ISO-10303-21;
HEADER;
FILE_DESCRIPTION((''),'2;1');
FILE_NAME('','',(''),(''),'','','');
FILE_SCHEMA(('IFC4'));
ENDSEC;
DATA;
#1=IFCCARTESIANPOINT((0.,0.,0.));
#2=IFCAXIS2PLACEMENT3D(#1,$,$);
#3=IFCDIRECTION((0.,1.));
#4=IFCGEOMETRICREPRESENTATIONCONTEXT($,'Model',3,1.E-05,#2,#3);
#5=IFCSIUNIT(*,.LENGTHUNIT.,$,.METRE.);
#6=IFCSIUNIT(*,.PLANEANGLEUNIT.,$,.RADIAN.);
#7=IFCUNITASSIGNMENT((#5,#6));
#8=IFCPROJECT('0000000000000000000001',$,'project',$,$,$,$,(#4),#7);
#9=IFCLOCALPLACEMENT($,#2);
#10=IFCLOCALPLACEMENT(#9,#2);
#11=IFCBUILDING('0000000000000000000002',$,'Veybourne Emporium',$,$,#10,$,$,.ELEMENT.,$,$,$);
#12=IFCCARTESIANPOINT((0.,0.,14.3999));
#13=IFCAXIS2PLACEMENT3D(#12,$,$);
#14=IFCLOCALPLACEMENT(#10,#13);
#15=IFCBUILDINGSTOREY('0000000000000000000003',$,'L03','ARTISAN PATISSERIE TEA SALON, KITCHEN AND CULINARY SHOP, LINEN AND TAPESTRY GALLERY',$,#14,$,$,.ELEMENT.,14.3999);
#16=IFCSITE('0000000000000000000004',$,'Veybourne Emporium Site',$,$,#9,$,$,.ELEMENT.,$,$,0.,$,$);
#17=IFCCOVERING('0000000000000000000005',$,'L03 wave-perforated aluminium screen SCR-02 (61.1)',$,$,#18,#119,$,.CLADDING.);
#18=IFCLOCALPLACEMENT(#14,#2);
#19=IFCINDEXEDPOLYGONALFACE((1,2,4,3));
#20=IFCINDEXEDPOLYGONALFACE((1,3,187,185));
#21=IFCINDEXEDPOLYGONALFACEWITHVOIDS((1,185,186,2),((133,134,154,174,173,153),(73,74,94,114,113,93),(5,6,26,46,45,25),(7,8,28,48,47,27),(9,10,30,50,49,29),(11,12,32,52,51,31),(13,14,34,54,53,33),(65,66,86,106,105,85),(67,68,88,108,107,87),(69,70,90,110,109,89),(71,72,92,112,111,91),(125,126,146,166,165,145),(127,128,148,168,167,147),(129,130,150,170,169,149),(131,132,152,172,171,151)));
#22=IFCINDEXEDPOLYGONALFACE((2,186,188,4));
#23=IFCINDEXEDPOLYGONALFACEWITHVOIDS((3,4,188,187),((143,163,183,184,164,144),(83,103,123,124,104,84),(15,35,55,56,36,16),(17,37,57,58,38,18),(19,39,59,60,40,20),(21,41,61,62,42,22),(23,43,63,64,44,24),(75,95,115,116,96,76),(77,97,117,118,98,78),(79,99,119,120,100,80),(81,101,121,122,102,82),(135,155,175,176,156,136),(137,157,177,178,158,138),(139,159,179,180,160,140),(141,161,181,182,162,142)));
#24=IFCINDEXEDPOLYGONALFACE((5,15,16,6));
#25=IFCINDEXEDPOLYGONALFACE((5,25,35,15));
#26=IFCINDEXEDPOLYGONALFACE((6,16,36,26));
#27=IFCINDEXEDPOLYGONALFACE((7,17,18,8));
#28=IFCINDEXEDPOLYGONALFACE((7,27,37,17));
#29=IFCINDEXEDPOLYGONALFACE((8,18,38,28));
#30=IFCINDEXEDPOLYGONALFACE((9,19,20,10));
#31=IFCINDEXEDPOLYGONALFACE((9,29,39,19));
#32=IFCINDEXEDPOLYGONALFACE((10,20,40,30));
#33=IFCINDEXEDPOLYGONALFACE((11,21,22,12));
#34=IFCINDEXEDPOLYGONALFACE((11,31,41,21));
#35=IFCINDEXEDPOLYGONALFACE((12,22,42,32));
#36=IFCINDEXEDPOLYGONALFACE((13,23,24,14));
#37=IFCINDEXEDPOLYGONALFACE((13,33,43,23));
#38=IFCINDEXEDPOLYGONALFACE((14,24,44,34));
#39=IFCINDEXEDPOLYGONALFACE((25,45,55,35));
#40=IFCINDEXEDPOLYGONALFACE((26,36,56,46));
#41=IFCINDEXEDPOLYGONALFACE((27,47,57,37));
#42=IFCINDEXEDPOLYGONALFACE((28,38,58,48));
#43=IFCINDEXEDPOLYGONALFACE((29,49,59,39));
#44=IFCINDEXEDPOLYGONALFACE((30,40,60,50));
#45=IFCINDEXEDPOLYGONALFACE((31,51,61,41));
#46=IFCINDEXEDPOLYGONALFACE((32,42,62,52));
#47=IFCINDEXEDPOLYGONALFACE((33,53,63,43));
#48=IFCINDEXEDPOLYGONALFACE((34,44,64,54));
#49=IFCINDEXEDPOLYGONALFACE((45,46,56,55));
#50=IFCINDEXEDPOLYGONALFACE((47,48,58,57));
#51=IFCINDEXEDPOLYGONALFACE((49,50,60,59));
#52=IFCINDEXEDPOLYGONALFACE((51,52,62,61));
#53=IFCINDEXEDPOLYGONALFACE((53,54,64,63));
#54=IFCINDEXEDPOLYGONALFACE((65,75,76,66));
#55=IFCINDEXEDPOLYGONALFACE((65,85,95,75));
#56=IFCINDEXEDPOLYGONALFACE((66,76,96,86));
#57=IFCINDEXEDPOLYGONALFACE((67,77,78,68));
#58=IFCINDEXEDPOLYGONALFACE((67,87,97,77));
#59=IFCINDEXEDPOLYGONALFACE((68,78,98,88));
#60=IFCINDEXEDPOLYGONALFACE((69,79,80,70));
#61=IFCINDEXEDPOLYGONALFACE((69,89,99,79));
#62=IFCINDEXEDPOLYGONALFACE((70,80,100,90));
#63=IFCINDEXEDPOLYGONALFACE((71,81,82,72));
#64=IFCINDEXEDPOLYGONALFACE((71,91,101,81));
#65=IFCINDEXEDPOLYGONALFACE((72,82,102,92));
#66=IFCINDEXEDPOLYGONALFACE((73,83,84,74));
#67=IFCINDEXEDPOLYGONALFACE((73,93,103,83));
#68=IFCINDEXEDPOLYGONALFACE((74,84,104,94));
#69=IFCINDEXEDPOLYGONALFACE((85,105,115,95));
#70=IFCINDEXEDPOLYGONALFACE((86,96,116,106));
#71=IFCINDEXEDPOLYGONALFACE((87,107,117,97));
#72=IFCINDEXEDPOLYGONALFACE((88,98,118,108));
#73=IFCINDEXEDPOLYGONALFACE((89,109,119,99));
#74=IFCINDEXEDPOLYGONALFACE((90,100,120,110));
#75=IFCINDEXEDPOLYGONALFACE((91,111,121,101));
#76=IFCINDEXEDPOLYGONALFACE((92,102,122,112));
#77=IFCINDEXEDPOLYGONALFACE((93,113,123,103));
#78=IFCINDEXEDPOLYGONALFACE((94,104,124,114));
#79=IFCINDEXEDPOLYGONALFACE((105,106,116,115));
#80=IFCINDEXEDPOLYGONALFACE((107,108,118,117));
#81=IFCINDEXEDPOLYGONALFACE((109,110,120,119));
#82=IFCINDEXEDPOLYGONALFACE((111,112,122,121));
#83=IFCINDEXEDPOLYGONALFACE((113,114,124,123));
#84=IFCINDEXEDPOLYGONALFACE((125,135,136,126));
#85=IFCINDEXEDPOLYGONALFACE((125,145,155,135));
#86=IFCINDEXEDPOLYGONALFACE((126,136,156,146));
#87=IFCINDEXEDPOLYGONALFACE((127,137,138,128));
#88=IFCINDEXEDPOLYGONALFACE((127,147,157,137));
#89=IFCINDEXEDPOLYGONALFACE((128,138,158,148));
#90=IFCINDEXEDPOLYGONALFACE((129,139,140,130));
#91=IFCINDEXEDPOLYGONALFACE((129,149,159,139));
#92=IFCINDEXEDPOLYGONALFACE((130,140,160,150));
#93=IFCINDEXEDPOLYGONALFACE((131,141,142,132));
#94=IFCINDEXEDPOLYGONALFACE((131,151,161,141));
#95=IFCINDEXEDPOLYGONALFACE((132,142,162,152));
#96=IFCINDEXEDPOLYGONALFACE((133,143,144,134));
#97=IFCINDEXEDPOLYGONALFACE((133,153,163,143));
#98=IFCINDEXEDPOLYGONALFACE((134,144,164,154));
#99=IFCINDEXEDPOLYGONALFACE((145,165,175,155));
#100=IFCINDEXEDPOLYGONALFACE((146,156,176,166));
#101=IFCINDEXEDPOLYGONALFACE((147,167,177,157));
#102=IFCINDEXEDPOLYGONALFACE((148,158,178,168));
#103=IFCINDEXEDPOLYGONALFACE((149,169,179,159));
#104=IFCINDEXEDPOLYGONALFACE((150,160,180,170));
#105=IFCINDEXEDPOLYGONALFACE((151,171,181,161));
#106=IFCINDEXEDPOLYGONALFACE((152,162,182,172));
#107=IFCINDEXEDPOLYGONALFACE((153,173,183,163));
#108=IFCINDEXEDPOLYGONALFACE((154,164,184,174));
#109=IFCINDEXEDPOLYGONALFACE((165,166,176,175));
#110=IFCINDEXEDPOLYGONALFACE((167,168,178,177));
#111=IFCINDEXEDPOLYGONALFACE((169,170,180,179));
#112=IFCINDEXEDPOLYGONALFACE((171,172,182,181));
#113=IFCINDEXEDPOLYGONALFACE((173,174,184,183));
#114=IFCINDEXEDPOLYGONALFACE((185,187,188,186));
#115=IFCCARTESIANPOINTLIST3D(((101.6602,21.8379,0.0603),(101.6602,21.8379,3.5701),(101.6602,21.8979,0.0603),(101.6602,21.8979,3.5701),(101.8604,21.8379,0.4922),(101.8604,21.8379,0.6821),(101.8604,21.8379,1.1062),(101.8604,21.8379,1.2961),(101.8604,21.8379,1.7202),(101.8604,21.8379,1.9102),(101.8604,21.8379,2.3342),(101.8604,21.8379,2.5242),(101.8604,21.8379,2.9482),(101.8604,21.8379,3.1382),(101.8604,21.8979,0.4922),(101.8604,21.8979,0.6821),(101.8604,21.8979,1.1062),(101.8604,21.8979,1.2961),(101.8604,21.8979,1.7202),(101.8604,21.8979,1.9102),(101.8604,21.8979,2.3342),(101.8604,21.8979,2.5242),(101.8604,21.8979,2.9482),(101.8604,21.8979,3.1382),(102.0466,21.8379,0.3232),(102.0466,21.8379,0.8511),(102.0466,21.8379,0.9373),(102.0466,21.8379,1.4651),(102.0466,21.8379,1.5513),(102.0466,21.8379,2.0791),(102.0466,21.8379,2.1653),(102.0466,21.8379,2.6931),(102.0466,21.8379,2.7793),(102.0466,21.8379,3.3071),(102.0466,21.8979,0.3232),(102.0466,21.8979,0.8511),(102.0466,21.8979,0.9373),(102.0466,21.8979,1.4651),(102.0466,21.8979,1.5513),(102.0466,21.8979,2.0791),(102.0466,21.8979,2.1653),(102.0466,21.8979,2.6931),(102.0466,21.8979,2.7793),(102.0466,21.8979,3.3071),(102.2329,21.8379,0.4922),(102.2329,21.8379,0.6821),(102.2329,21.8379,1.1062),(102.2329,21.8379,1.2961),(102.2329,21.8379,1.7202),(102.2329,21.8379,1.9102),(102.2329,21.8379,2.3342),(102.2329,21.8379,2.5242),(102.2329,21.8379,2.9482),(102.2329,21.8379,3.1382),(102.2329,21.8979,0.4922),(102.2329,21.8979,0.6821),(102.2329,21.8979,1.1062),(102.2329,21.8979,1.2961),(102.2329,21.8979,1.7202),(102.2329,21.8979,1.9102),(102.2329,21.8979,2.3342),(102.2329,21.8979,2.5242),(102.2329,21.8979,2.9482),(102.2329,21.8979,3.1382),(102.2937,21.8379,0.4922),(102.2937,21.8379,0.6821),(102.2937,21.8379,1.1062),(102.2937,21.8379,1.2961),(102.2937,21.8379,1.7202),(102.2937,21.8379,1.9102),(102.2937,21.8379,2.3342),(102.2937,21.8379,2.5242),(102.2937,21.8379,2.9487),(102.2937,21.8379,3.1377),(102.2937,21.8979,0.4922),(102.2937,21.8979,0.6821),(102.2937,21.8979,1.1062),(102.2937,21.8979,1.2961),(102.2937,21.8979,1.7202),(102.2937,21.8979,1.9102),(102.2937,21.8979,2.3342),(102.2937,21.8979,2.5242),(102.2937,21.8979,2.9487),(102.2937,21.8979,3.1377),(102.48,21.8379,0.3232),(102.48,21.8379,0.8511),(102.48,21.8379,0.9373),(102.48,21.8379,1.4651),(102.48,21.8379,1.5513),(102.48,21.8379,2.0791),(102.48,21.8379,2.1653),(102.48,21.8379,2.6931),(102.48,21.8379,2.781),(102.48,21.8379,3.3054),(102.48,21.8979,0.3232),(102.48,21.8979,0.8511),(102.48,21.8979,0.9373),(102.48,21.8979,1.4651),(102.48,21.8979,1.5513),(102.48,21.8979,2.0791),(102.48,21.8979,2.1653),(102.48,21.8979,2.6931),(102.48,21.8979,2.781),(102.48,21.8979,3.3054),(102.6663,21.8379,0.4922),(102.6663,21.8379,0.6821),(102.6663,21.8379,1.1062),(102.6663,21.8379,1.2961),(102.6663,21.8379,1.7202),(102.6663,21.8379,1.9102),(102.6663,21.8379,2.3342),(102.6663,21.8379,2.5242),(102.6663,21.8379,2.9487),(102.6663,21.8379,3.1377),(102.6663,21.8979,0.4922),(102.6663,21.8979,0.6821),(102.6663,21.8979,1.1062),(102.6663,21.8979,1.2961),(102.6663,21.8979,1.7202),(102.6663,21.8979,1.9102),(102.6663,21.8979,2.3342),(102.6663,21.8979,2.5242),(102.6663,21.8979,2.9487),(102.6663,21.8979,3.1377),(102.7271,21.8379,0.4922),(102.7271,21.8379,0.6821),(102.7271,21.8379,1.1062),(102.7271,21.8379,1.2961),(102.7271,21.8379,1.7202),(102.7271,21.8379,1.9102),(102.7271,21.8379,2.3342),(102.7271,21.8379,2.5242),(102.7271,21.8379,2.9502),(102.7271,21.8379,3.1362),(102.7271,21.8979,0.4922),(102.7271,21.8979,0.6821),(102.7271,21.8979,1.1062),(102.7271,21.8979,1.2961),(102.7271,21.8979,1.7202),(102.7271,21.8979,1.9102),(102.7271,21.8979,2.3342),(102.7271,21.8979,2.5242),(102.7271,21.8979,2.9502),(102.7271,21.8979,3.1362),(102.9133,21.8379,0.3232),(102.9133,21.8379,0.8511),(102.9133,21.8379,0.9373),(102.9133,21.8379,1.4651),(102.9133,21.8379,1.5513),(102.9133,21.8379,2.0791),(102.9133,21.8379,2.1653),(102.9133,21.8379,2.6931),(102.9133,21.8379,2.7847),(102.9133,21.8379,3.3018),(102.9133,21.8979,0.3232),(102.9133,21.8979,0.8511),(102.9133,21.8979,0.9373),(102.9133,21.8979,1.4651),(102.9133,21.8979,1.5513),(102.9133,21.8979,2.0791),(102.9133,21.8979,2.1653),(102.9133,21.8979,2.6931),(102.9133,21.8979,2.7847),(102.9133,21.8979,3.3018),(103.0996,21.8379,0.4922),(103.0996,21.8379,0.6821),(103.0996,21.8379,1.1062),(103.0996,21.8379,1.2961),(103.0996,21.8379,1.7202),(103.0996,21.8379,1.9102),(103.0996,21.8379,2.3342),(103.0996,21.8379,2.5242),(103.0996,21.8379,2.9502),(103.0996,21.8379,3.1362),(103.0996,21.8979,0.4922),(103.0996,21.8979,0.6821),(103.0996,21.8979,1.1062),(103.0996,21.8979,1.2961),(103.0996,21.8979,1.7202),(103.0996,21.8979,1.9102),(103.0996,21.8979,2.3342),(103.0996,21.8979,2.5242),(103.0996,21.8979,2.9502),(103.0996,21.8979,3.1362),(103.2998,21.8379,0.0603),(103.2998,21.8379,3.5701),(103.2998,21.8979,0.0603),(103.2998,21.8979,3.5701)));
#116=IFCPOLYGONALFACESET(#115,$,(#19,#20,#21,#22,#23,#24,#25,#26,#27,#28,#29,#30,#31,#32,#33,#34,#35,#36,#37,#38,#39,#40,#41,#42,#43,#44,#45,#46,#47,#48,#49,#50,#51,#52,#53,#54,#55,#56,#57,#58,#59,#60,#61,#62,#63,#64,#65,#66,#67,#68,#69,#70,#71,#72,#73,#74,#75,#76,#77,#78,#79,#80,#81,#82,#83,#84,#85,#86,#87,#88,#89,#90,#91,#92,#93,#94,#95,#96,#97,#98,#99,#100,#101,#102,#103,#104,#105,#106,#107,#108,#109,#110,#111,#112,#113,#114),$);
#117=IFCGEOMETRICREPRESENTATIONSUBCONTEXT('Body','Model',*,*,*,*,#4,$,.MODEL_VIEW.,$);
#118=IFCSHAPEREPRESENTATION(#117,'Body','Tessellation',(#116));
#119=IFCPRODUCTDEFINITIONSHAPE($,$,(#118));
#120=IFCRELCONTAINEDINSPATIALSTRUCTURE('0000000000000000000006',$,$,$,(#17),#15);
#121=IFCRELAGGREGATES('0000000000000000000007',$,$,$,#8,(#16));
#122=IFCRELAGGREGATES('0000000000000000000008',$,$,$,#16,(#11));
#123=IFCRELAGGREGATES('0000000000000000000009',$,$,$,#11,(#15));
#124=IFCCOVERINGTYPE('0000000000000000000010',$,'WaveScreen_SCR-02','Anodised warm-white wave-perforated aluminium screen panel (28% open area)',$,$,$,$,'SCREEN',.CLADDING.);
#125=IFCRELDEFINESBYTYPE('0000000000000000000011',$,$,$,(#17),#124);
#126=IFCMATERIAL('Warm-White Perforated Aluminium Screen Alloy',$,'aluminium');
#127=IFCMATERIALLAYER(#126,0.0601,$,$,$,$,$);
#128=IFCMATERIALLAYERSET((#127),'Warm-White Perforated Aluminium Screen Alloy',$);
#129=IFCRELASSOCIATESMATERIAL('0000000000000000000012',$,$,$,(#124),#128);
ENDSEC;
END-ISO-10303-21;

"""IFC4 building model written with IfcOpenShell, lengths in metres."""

from ifc_helpers import new_model, si_unit, direction, frame, origin, place, context, subcontext, project, spatial, polyline, outline, extrude, material, layer, layer_set, type_object, element, save


model = new_model("IFC4")

# Units and contexts
model_context = context("Model", 3, precision=1e-05, world=origin(), true_north=direction((0.0, 1.0)))
body_context = subcontext(model_context, "Body", "Model", "MODEL_VIEW")
ifc_project = project(units=[si_unit("LENGTHUNIT", "METRE"), si_unit("PLANEANGLEUNIT", "RADIAN")], contexts=[model_context])

# Site, building, storey
site_placement = place(None, origin())
site = spatial("IfcSite", under=ifc_project, at=site_placement, Name="Veybourne Emporium Site", CompositionType="ELEMENT", RefElevation=0.0)
building_placement = place(site_placement, origin())
building = spatial("IfcBuilding", under=site, at=building_placement, Name="Veybourne Emporium", CompositionType="ELEMENT")
storey_placement = place(building_placement, frame((0.0, 0.0, 14.3999)))
storey = spatial("IfcBuildingStorey", under=building, at=storey_placement, Name="L03", Description="ARTISAN PATISSERIE TEA SALON, KITCHEN AND CULINARY SHOP, LINEN AND TAPESTRY GALLERY", CompositionType="ELEMENT", Elevation=14.3999)

# Covering
ifc_material_1 = material(Name="Warm-White Perforated Aluminium Screen Alloy", Category="aluminium")
ifc_layer_1 = layer(ifc_material_1, 0.0601)
ifc_layer_set_1 = layer_set([ifc_layer_1], Name="Warm-White Perforated Aluminium Screen Alloy")
covering_type_1 = type_object("IfcCoveringType", Name="WaveScreen_SCR-02", Description="Anodised warm-white wave-perforated aluminium screen panel (28% open area)", ElementType="SCREEN", PredefinedType="CLADDING", material=ifc_layer_set_1)
covering_1_placement = place(storey_placement, frame((102.48, 21.8979, 1.8152), z_axis=(0.0, -1.0, 0.0), x_axis=(1.0, 0.0, 0.0)))
element("IfcCovering", 1, at=covering_1_placement, inside=storey, type_object=covering_type_1, Name="L03 wave-perforated aluminium screen SCR-02 (61.1)", PredefinedType="CLADDING", context=body_context, shape_type="SweptSolid", body=[
    extrude(outline(polyline([(-0.8198, -1.7549), (0.8198, -1.7549), (0.8198, 1.7549), (-0.8198, 1.7549), (-0.8198, -1.7549)]), holes=[polyline([(-0.4333, -0.9641), (-0.2471, -1.1331), (-0.2471, -1.323), (-0.4333, -1.4919), (-0.6196, -1.323), (-0.6196, -1.1331), (-0.4333, -0.9641)]), polyline([(-0.4333, -0.3501), (-0.2471, -0.519), (-0.2471, -0.709), (-0.4333, -0.8779), (-0.6196, -0.709), (-0.6196, -0.519), (-0.4333, -0.3501)]), polyline([(-0.4333, 0.2639), (-0.2471, 0.095), (-0.2471, -0.095), (-0.4333, -0.2639), (-0.6196, -0.095), (-0.6196, 0.095), (-0.4333, 0.2639)]), polyline([(-0.4333, 0.8779), (-0.2471, 0.709), (-0.2471, 0.519), (-0.4333, 0.3501), (-0.6196, 0.519), (-0.6196, 0.709), (-0.4333, 0.8779)]), polyline([(-0.4333, 1.4919), (-0.2471, 1.323), (-0.2471, 1.1331), (-0.4333, 0.9641), (-0.6196, 1.1331), (-0.6196, 1.323), (-0.4333, 1.4919)]), polyline([(0.0, -0.9641), (0.1863, -1.1331), (0.1863, -1.323), (0.0, -1.4919), (-0.1863, -1.323), (-0.1863, -1.1331), (0.0, -0.9641)]), polyline([(0.0, -0.3501), (0.1863, -0.519), (0.1863, -0.709), (0.0, -0.8779), (-0.1863, -0.709), (-0.1863, -0.519), (0.0, -0.3501)]), polyline([(0.0, 0.2639), (0.1863, 0.095), (0.1863, -0.095), (0.0, -0.2639), (-0.1863, -0.095), (-0.1863, 0.095), (0.0, 0.2639)]), polyline([(0.0, 0.8779), (0.1863, 0.709), (0.1863, 0.519), (0.0, 0.3501), (-0.1863, 0.519), (-0.1863, 0.709), (0.0, 0.8779)]), polyline([(0.0, 1.4902), (0.1863, 1.3225), (0.1863, 1.1335), (0.0, 0.9658), (-0.1863, 1.1335), (-0.1863, 1.3225), (0.0, 1.4902)]), polyline([(0.4333, -0.9641), (0.6196, -1.1331), (0.6196, -1.323), (0.4333, -1.4919), (0.2471, -1.323), (0.2471, -1.1331), (0.4333, -0.9641)]), polyline([(0.4333, -0.3501), (0.6196, -0.519), (0.6196, -0.709), (0.4333, -0.8779), (0.2471, -0.709), (0.2471, -0.519), (0.4333, -0.3501)]), polyline([(0.4333, 0.2639), (0.6196, 0.095), (0.6196, -0.095), (0.4333, -0.2639), (0.2471, -0.095), (0.2471, 0.095), (0.4333, 0.2639)]), polyline([(0.4333, 0.8779), (0.6196, 0.709), (0.6196, 0.519), (0.4333, 0.3501), (0.2471, 0.519), (0.2471, 0.709), (0.4333, 0.8779)]), polyline([(0.4333, 1.4866), (0.6196, 1.321), (0.6196, 1.135), (0.4333, 0.9695), (0.2471, 1.135), (0.2471, 1.321), (0.4333, 1.4866)])]), origin(), (0.0, 0.0, 1.0), 0.0601),
])

save(model, "model.ifc")
